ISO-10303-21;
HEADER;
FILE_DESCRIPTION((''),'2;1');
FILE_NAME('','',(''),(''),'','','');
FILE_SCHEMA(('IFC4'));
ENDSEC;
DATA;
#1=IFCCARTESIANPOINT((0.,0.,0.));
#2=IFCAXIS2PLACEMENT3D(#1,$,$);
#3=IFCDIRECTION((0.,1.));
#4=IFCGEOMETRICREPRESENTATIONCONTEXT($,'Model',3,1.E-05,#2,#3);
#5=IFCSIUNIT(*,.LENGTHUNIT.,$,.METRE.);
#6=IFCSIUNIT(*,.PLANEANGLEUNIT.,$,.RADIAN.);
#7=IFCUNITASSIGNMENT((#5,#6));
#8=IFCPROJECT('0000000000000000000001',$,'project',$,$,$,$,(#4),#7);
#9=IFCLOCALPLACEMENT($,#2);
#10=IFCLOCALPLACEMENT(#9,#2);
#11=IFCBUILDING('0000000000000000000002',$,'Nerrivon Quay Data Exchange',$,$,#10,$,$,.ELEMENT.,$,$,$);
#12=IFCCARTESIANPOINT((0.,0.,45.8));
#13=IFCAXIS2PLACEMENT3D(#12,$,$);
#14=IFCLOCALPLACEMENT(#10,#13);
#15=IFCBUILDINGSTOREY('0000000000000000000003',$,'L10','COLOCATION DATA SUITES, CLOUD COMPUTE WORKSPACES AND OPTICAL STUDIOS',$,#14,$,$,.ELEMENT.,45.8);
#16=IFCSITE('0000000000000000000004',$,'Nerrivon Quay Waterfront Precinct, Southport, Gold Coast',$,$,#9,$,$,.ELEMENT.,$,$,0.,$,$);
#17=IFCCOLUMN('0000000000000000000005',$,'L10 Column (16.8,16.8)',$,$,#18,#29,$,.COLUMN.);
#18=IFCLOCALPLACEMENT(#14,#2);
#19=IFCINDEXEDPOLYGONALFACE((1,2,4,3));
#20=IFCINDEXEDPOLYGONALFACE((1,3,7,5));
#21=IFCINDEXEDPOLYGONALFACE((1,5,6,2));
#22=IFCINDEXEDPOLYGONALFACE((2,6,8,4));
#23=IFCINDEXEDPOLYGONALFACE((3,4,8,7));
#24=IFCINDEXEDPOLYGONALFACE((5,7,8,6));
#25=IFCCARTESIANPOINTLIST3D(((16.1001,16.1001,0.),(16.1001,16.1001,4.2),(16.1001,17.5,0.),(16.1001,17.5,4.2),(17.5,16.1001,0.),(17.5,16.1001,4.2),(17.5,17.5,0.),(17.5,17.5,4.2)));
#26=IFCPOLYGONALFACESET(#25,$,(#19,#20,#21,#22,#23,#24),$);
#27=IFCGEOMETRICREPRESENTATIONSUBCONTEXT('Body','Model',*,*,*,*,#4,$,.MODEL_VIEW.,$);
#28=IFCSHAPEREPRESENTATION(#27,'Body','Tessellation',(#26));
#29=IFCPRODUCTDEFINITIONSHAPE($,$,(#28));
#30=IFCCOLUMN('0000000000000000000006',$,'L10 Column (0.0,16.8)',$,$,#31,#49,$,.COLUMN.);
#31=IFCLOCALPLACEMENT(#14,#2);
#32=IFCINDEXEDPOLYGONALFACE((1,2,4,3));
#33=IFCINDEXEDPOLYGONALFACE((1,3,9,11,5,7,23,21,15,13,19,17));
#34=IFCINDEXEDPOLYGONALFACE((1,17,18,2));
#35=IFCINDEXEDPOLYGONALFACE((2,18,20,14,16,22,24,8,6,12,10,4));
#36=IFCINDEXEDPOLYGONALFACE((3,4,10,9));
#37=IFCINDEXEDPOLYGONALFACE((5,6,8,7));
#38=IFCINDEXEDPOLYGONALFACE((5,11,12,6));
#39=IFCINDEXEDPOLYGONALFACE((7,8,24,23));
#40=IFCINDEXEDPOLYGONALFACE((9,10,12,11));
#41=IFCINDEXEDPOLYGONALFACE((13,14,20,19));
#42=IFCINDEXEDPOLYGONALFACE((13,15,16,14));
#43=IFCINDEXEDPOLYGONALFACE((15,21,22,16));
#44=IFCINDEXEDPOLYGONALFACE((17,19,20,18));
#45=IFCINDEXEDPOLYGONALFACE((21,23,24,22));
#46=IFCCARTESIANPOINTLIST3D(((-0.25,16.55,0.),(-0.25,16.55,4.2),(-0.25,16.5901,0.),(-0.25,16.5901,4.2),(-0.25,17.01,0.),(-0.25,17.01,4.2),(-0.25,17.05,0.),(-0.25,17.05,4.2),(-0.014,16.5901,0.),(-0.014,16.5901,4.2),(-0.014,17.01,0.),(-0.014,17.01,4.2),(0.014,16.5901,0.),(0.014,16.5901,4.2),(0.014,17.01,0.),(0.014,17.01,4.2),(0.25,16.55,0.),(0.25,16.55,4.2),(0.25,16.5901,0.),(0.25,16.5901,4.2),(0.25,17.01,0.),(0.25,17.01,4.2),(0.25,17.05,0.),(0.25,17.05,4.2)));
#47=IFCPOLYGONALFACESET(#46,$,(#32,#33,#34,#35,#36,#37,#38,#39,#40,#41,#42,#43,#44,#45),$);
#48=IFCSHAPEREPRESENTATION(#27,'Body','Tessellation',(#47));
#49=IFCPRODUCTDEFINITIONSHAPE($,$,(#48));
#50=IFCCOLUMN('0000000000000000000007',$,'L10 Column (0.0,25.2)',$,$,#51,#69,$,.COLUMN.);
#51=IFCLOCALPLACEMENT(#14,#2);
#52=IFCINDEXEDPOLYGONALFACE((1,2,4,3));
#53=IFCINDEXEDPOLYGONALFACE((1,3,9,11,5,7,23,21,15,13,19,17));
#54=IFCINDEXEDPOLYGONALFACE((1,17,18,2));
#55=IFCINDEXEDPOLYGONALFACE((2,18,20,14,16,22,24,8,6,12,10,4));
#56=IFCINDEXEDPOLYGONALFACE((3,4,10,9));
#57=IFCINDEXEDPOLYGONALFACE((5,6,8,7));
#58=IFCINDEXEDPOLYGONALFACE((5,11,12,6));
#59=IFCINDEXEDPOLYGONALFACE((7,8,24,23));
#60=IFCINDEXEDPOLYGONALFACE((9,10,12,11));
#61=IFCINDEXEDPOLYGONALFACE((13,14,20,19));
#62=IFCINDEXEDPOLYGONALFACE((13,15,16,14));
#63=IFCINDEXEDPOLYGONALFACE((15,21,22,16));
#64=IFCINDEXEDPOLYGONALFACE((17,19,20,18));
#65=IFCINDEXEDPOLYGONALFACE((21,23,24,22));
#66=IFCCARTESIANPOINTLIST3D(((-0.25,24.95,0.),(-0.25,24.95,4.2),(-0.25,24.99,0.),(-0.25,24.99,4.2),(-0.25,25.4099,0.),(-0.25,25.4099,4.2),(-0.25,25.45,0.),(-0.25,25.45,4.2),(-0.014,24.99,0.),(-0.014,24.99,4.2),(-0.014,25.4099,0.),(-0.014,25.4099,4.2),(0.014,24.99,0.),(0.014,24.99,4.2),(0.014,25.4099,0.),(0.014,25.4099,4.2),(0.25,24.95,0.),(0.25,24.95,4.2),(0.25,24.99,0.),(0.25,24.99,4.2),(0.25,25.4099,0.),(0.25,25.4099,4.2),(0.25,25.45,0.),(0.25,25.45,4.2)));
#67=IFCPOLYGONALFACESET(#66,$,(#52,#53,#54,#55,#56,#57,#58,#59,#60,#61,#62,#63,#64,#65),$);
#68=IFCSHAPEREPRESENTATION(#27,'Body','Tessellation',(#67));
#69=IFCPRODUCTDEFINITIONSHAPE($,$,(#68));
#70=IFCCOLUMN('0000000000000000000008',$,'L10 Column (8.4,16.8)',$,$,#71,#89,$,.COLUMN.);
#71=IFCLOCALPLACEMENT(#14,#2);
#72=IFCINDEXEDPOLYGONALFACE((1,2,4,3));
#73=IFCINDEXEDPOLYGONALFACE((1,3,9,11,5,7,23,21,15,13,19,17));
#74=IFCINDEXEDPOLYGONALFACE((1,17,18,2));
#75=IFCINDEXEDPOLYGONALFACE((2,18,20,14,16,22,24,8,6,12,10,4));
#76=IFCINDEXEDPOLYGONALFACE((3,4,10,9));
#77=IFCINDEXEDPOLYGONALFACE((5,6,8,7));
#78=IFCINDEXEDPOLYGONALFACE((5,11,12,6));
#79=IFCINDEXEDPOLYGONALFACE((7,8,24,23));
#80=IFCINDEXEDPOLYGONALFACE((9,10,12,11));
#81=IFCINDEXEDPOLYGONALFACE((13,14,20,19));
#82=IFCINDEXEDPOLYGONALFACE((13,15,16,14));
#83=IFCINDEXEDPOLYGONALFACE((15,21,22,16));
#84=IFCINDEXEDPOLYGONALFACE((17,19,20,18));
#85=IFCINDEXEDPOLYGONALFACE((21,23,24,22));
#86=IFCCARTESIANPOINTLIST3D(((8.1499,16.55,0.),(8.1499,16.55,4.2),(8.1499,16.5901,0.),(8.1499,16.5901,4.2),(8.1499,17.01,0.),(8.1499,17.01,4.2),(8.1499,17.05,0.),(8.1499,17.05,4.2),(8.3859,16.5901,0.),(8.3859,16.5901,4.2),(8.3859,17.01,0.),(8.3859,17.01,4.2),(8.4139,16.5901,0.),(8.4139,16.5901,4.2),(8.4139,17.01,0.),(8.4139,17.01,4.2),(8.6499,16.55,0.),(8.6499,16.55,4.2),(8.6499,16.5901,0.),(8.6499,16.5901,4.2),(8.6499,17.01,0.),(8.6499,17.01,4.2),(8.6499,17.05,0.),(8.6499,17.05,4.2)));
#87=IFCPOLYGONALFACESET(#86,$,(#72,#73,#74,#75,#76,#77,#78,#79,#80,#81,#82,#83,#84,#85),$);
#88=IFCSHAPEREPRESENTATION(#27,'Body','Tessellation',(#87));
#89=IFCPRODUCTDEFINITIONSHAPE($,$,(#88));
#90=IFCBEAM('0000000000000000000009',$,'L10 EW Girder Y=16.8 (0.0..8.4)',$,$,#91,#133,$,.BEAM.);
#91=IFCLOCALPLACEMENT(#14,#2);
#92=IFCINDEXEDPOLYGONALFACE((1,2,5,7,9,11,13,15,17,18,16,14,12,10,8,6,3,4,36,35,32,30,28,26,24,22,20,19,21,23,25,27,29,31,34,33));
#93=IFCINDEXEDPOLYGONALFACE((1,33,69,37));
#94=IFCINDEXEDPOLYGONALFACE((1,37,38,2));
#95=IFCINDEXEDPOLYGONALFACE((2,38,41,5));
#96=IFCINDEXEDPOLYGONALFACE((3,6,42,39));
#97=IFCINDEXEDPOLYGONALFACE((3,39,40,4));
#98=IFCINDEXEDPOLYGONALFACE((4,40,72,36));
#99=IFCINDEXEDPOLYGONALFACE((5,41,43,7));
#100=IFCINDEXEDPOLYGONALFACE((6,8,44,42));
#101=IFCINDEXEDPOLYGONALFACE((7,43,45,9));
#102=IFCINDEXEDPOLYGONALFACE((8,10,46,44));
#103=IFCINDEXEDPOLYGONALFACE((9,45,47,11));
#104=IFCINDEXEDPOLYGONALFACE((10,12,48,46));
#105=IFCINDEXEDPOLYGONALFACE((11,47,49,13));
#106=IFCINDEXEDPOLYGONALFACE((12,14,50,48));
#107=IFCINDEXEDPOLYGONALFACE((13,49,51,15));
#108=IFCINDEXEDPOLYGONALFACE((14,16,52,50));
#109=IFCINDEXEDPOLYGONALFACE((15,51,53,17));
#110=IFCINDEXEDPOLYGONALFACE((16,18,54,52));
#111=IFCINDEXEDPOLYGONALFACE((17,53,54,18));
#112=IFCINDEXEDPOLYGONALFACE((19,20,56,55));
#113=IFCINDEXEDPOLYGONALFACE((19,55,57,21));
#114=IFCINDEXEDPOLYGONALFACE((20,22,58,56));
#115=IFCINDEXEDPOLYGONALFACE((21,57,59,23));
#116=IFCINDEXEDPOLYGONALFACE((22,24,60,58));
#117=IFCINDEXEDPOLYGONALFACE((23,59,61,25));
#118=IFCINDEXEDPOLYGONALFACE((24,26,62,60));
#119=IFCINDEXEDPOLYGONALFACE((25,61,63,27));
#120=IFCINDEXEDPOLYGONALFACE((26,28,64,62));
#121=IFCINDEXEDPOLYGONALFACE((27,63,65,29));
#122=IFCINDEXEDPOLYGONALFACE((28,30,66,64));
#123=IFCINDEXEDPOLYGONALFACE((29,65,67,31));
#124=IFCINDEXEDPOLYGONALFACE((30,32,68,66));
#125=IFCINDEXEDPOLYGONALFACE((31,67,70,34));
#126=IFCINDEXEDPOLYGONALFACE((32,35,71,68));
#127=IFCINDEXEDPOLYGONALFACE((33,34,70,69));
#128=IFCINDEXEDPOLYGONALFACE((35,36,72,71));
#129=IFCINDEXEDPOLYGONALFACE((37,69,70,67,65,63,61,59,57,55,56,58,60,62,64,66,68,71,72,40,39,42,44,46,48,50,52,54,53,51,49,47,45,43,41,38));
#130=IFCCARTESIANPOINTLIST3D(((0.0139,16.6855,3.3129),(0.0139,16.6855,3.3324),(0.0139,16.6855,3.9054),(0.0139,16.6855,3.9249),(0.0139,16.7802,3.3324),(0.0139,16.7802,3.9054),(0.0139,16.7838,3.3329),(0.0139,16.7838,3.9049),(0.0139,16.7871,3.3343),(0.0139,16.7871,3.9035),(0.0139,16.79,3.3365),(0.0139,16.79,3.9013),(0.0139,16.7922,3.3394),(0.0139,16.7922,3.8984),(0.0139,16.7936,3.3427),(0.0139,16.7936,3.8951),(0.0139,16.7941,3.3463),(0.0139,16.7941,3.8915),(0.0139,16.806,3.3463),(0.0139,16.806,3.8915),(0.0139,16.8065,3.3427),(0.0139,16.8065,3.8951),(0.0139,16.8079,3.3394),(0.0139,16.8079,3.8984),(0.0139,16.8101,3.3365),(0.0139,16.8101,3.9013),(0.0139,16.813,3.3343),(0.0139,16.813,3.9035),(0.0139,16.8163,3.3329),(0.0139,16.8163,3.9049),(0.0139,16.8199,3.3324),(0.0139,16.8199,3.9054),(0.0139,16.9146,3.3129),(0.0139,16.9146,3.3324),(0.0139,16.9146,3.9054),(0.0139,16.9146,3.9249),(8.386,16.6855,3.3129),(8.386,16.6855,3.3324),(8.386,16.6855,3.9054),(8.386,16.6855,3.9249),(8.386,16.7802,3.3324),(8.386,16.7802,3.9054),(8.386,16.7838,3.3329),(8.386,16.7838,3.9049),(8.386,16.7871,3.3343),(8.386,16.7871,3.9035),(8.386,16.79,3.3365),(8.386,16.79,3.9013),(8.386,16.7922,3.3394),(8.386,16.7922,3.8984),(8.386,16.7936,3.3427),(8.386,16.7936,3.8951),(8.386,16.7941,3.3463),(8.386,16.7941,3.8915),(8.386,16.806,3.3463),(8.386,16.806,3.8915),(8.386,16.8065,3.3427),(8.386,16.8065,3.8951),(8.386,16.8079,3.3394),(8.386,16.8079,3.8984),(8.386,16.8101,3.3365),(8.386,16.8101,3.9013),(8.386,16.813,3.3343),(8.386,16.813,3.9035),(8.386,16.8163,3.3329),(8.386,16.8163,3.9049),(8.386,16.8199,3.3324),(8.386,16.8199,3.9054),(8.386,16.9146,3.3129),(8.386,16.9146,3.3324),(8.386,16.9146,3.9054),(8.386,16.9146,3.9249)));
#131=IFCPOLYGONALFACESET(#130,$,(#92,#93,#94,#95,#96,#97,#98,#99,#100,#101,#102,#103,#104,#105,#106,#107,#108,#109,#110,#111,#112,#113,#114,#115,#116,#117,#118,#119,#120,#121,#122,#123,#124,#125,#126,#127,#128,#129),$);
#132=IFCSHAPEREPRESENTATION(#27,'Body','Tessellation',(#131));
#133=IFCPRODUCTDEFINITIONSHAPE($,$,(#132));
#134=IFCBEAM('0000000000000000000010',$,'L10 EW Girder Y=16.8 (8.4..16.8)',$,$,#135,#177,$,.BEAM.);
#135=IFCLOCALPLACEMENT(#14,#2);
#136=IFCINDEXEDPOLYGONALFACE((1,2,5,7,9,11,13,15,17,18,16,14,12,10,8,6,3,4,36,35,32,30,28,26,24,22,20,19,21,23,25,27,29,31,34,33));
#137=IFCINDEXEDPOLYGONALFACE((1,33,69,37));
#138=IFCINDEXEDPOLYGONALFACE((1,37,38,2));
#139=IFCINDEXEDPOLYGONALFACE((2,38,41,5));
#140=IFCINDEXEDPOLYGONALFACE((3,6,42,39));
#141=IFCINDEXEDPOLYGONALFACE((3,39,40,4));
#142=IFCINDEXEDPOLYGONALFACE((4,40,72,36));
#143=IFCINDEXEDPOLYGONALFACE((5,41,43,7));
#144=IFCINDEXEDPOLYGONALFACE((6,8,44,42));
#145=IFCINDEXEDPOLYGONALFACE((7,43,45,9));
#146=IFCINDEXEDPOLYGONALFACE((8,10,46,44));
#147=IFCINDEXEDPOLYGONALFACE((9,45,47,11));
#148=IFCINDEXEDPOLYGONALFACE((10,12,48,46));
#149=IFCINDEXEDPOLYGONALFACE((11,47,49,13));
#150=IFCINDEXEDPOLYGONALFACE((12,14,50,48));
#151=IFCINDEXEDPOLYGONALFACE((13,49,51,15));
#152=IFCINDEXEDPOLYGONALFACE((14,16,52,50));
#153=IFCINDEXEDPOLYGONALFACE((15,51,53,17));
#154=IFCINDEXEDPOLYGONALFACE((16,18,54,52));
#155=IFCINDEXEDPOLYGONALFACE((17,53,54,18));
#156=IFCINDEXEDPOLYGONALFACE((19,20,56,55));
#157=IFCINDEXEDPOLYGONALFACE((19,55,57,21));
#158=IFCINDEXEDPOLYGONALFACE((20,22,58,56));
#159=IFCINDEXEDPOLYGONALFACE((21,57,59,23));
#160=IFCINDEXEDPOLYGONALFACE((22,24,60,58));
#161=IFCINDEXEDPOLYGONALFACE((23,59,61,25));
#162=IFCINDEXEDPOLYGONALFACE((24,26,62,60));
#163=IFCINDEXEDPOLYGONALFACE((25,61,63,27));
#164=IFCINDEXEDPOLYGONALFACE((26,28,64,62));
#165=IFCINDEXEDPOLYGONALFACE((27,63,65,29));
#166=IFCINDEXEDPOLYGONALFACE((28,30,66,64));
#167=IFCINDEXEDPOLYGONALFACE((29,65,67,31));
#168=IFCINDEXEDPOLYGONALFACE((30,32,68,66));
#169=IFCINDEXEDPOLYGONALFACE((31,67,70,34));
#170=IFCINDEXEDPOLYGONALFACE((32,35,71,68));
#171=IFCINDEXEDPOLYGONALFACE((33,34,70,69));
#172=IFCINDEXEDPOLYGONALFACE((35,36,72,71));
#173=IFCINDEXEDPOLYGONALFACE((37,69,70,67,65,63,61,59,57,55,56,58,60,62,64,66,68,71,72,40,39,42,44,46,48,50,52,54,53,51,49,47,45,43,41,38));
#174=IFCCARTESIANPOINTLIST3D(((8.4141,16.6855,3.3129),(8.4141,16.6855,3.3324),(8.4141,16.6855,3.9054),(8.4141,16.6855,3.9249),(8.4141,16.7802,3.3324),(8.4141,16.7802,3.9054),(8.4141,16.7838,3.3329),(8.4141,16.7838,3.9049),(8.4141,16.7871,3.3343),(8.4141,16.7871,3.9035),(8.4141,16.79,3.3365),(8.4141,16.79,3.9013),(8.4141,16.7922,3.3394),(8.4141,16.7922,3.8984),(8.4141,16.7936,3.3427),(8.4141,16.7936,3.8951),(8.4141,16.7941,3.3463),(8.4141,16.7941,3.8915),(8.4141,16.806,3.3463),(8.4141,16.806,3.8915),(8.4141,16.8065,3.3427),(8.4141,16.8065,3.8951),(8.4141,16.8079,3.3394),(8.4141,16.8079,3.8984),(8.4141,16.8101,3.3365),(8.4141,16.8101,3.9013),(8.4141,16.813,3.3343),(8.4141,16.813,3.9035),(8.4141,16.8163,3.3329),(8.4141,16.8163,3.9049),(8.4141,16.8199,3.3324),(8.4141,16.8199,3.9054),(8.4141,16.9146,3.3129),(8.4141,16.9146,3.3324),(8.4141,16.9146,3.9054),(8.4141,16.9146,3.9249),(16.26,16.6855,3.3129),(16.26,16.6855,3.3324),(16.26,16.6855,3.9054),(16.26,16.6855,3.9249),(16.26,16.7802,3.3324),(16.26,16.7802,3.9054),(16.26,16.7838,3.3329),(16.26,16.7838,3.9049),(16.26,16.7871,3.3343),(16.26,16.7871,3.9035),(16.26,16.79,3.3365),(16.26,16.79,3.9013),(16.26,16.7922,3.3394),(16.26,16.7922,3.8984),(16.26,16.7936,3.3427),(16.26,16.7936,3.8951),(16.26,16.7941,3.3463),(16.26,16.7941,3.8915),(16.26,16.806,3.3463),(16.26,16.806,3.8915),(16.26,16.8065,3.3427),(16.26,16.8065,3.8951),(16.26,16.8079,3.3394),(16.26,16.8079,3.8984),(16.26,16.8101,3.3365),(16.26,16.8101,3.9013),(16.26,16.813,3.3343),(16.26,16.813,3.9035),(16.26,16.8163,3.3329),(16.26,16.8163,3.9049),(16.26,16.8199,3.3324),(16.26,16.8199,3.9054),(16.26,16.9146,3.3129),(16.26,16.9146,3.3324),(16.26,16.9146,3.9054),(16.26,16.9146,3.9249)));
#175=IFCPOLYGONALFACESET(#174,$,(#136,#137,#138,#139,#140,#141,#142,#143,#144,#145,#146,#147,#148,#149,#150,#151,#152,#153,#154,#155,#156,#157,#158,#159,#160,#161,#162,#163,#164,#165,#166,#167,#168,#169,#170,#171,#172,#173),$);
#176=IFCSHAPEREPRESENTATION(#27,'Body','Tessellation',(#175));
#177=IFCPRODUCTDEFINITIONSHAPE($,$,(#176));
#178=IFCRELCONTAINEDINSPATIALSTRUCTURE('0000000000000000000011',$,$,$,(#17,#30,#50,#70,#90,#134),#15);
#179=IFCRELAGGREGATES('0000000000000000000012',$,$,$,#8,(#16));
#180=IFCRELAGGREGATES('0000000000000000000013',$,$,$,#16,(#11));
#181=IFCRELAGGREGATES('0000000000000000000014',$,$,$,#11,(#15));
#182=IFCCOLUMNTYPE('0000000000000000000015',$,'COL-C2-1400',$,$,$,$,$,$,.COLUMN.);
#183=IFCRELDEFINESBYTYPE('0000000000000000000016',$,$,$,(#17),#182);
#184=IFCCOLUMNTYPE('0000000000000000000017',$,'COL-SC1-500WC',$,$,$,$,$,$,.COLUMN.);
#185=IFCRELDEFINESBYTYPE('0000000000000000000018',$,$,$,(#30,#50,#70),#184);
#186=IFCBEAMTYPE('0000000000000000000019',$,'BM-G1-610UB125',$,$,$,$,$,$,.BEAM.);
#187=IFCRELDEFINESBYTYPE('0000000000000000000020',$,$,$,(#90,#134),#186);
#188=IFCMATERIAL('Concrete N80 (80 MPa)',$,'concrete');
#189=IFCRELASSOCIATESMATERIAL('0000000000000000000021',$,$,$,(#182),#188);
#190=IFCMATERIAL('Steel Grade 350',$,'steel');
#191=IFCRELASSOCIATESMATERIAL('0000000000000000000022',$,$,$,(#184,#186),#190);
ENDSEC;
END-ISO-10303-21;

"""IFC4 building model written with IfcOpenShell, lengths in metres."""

from ifc_helpers import new_model, si_unit, direction, frame, origin, origin_2d, place, context, subcontext, project, spatial, rectangle, i_section, extrude, material, material_profile, profile_set, type_object, element, save


model = new_model("IFC4")

# Units and contexts
model_context = context("Model", 3, precision=1e-05, world=origin(), true_north=direction((0.0, 1.0)))
body_context = subcontext(model_context, "Body", "Model", "MODEL_VIEW")
ifc_project = project(units=[si_unit("LENGTHUNIT", "METRE"), si_unit("PLANEANGLEUNIT", "RADIAN")], contexts=[model_context])

# Site, building, storey
site_placement = place(None, origin())
site = spatial("IfcSite", under=ifc_project, at=site_placement, Name="Nerrivon Quay Waterfront Precinct, Southport, Gold Coast", CompositionType="ELEMENT", RefElevation=0.0)
building_placement = place(site_placement, origin())
building = spatial("IfcBuilding", under=site, at=building_placement, Name="Nerrivon Quay Data Exchange", CompositionType="ELEMENT")
storey_placement = place(building_placement, frame((0.0, 0.0, 45.8)))
storey = spatial("IfcBuildingStorey", under=building, at=storey_placement, Name="L10", Description="COLOCATION DATA SUITES, CLOUD COMPUTE WORKSPACES AND OPTICAL STUDIOS", CompositionType="ELEMENT", Elevation=45.8)

# Columns
ifc_material_1 = material(Name="Concrete N80 (80 MPa)", Category="concrete")
ifc_material_profile_1 = material_profile(ifc_material_1, rectangle(XDim=1.3999, YDim=1.3999, at=origin_2d()), Name="RC-COL-1400x1400")
ifc_profile_set_1 = profile_set([ifc_material_profile_1], Name="Concrete N80 (80 MPa)")
column_type_1 = type_object("IfcColumnType", Name="COL-C2-1400", PredefinedType="COLUMN", material=ifc_profile_set_1)
column_placement = place(storey_placement, frame((16.8, 16.8, 0.0), z_axis=(0.0, 0.0, 1.0), x_axis=(1.0, 0.0, 0.0)))
element("IfcColumn", 1, at=column_placement, inside=storey, type_object=column_type_1, Name="L10 Column (16.8,16.8)", PredefinedType="COLUMN", context=body_context, shape_type="SweptSolid", body=[
    extrude(rectangle(XDim=1.3999, YDim=1.3999, at=origin_2d()), origin(), (0.0, 0.0, 1.0), 4.2),
])
ifc_material_2 = material(Name="Steel Grade 350", Category="steel")
ifc_material_profile_2 = material_profile(ifc_material_2, i_section(OverallWidth=0.5, OverallDepth=0.5, WebThickness=0.0281, FlangeThickness=0.04, at=origin_2d()), Name="500WC440")
ifc_profile_set_2 = profile_set([ifc_material_profile_2], Name="Steel Grade 350")
column_type_2 = type_object("IfcColumnType", Name="COL-SC1-500WC", PredefinedType="COLUMN", material=ifc_profile_set_2)
for number, where, z_axis, x_axis, name in (
    (2, (0.0, 16.8, 0.0), (0.0, 0.0, 1.0), (1.0, 0.0, 0.0), "L10 Column (0.0,16.8)"),
    (3, (0.0, 25.2, 0.0), (0.0, 0.0, 1.0), (1.0, 0.0, 0.0), "L10 Column (0.0,25.2)"),
    (4, (8.3999, 16.8, 0.0), (0.0, 0.0, 1.0), (1.0, 0.0, 0.0), "L10 Column (8.4,16.8)"),
):
    element("IfcColumn", number, at=place(storey_placement, frame(where, z_axis=z_axis, x_axis=x_axis)), inside=storey, type_object=column_type_2, Name=name, PredefinedType="COLUMN", context=body_context, shape_type="SweptSolid", body=[
        extrude(i_section(OverallWidth=0.5, OverallDepth=0.5, WebThickness=0.0281, FlangeThickness=0.04, at=origin_2d()), origin(), (0.0, 0.0, 1.0), 4.2),
    ])

# Beams
ifc_material_profile_3 = material_profile(ifc_material_2, i_section(OverallWidth=0.229, OverallDepth=0.6121, WebThickness=0.012, FlangeThickness=0.0195, FilletRadius=0.0139, at=origin_2d()), Name="610UB125")
ifc_profile_set_3 = profile_set([ifc_material_profile_3], Name="Steel Grade 350")
beam_type_1 = type_object("IfcBeamType", Name="BM-G1-610UB125", PredefinedType="BEAM", material=ifc_profile_set_3)
beam_1_placement = place(storey_placement, frame((0.0139, 16.8, 3.6189), z_axis=(1.0, 0.0, 0.0), x_axis=(0.0, 1.0, 0.0)))
element("IfcBeam", 5, at=beam_1_placement, inside=storey, type_object=beam_type_1, Name="L10 EW Girder Y=16.8 (0.0..8.4)", PredefinedType="BEAM", context=body_context, shape_type="SweptSolid", body=[
    extrude(i_section(OverallWidth=0.229, OverallDepth=0.6121, WebThickness=0.012, FlangeThickness=0.0195, FilletRadius=0.0139, at=origin_2d()), origin(), (0.0, 0.0, 1.0), 8.3721),
])
beam_2_placement = place(storey_placement, frame((8.4141, 16.8, 3.6189), z_axis=(1.0, 0.0, 0.0), x_axis=(0.0, 1.0, 0.0)))
element("IfcBeam", 6, at=beam_2_placement, inside=storey, type_object=beam_type_1, Name="L10 EW Girder Y=16.8 (8.4..16.8)", PredefinedType="BEAM", context=body_context, shape_type="SweptSolid", body=[
    extrude(i_section(OverallWidth=0.229, OverallDepth=0.6121, WebThickness=0.012, FlangeThickness=0.0195, FilletRadius=0.0139, at=origin_2d()), origin(), (0.0, 0.0, 1.0), 7.8459),
])

save(model, "model.ifc")
